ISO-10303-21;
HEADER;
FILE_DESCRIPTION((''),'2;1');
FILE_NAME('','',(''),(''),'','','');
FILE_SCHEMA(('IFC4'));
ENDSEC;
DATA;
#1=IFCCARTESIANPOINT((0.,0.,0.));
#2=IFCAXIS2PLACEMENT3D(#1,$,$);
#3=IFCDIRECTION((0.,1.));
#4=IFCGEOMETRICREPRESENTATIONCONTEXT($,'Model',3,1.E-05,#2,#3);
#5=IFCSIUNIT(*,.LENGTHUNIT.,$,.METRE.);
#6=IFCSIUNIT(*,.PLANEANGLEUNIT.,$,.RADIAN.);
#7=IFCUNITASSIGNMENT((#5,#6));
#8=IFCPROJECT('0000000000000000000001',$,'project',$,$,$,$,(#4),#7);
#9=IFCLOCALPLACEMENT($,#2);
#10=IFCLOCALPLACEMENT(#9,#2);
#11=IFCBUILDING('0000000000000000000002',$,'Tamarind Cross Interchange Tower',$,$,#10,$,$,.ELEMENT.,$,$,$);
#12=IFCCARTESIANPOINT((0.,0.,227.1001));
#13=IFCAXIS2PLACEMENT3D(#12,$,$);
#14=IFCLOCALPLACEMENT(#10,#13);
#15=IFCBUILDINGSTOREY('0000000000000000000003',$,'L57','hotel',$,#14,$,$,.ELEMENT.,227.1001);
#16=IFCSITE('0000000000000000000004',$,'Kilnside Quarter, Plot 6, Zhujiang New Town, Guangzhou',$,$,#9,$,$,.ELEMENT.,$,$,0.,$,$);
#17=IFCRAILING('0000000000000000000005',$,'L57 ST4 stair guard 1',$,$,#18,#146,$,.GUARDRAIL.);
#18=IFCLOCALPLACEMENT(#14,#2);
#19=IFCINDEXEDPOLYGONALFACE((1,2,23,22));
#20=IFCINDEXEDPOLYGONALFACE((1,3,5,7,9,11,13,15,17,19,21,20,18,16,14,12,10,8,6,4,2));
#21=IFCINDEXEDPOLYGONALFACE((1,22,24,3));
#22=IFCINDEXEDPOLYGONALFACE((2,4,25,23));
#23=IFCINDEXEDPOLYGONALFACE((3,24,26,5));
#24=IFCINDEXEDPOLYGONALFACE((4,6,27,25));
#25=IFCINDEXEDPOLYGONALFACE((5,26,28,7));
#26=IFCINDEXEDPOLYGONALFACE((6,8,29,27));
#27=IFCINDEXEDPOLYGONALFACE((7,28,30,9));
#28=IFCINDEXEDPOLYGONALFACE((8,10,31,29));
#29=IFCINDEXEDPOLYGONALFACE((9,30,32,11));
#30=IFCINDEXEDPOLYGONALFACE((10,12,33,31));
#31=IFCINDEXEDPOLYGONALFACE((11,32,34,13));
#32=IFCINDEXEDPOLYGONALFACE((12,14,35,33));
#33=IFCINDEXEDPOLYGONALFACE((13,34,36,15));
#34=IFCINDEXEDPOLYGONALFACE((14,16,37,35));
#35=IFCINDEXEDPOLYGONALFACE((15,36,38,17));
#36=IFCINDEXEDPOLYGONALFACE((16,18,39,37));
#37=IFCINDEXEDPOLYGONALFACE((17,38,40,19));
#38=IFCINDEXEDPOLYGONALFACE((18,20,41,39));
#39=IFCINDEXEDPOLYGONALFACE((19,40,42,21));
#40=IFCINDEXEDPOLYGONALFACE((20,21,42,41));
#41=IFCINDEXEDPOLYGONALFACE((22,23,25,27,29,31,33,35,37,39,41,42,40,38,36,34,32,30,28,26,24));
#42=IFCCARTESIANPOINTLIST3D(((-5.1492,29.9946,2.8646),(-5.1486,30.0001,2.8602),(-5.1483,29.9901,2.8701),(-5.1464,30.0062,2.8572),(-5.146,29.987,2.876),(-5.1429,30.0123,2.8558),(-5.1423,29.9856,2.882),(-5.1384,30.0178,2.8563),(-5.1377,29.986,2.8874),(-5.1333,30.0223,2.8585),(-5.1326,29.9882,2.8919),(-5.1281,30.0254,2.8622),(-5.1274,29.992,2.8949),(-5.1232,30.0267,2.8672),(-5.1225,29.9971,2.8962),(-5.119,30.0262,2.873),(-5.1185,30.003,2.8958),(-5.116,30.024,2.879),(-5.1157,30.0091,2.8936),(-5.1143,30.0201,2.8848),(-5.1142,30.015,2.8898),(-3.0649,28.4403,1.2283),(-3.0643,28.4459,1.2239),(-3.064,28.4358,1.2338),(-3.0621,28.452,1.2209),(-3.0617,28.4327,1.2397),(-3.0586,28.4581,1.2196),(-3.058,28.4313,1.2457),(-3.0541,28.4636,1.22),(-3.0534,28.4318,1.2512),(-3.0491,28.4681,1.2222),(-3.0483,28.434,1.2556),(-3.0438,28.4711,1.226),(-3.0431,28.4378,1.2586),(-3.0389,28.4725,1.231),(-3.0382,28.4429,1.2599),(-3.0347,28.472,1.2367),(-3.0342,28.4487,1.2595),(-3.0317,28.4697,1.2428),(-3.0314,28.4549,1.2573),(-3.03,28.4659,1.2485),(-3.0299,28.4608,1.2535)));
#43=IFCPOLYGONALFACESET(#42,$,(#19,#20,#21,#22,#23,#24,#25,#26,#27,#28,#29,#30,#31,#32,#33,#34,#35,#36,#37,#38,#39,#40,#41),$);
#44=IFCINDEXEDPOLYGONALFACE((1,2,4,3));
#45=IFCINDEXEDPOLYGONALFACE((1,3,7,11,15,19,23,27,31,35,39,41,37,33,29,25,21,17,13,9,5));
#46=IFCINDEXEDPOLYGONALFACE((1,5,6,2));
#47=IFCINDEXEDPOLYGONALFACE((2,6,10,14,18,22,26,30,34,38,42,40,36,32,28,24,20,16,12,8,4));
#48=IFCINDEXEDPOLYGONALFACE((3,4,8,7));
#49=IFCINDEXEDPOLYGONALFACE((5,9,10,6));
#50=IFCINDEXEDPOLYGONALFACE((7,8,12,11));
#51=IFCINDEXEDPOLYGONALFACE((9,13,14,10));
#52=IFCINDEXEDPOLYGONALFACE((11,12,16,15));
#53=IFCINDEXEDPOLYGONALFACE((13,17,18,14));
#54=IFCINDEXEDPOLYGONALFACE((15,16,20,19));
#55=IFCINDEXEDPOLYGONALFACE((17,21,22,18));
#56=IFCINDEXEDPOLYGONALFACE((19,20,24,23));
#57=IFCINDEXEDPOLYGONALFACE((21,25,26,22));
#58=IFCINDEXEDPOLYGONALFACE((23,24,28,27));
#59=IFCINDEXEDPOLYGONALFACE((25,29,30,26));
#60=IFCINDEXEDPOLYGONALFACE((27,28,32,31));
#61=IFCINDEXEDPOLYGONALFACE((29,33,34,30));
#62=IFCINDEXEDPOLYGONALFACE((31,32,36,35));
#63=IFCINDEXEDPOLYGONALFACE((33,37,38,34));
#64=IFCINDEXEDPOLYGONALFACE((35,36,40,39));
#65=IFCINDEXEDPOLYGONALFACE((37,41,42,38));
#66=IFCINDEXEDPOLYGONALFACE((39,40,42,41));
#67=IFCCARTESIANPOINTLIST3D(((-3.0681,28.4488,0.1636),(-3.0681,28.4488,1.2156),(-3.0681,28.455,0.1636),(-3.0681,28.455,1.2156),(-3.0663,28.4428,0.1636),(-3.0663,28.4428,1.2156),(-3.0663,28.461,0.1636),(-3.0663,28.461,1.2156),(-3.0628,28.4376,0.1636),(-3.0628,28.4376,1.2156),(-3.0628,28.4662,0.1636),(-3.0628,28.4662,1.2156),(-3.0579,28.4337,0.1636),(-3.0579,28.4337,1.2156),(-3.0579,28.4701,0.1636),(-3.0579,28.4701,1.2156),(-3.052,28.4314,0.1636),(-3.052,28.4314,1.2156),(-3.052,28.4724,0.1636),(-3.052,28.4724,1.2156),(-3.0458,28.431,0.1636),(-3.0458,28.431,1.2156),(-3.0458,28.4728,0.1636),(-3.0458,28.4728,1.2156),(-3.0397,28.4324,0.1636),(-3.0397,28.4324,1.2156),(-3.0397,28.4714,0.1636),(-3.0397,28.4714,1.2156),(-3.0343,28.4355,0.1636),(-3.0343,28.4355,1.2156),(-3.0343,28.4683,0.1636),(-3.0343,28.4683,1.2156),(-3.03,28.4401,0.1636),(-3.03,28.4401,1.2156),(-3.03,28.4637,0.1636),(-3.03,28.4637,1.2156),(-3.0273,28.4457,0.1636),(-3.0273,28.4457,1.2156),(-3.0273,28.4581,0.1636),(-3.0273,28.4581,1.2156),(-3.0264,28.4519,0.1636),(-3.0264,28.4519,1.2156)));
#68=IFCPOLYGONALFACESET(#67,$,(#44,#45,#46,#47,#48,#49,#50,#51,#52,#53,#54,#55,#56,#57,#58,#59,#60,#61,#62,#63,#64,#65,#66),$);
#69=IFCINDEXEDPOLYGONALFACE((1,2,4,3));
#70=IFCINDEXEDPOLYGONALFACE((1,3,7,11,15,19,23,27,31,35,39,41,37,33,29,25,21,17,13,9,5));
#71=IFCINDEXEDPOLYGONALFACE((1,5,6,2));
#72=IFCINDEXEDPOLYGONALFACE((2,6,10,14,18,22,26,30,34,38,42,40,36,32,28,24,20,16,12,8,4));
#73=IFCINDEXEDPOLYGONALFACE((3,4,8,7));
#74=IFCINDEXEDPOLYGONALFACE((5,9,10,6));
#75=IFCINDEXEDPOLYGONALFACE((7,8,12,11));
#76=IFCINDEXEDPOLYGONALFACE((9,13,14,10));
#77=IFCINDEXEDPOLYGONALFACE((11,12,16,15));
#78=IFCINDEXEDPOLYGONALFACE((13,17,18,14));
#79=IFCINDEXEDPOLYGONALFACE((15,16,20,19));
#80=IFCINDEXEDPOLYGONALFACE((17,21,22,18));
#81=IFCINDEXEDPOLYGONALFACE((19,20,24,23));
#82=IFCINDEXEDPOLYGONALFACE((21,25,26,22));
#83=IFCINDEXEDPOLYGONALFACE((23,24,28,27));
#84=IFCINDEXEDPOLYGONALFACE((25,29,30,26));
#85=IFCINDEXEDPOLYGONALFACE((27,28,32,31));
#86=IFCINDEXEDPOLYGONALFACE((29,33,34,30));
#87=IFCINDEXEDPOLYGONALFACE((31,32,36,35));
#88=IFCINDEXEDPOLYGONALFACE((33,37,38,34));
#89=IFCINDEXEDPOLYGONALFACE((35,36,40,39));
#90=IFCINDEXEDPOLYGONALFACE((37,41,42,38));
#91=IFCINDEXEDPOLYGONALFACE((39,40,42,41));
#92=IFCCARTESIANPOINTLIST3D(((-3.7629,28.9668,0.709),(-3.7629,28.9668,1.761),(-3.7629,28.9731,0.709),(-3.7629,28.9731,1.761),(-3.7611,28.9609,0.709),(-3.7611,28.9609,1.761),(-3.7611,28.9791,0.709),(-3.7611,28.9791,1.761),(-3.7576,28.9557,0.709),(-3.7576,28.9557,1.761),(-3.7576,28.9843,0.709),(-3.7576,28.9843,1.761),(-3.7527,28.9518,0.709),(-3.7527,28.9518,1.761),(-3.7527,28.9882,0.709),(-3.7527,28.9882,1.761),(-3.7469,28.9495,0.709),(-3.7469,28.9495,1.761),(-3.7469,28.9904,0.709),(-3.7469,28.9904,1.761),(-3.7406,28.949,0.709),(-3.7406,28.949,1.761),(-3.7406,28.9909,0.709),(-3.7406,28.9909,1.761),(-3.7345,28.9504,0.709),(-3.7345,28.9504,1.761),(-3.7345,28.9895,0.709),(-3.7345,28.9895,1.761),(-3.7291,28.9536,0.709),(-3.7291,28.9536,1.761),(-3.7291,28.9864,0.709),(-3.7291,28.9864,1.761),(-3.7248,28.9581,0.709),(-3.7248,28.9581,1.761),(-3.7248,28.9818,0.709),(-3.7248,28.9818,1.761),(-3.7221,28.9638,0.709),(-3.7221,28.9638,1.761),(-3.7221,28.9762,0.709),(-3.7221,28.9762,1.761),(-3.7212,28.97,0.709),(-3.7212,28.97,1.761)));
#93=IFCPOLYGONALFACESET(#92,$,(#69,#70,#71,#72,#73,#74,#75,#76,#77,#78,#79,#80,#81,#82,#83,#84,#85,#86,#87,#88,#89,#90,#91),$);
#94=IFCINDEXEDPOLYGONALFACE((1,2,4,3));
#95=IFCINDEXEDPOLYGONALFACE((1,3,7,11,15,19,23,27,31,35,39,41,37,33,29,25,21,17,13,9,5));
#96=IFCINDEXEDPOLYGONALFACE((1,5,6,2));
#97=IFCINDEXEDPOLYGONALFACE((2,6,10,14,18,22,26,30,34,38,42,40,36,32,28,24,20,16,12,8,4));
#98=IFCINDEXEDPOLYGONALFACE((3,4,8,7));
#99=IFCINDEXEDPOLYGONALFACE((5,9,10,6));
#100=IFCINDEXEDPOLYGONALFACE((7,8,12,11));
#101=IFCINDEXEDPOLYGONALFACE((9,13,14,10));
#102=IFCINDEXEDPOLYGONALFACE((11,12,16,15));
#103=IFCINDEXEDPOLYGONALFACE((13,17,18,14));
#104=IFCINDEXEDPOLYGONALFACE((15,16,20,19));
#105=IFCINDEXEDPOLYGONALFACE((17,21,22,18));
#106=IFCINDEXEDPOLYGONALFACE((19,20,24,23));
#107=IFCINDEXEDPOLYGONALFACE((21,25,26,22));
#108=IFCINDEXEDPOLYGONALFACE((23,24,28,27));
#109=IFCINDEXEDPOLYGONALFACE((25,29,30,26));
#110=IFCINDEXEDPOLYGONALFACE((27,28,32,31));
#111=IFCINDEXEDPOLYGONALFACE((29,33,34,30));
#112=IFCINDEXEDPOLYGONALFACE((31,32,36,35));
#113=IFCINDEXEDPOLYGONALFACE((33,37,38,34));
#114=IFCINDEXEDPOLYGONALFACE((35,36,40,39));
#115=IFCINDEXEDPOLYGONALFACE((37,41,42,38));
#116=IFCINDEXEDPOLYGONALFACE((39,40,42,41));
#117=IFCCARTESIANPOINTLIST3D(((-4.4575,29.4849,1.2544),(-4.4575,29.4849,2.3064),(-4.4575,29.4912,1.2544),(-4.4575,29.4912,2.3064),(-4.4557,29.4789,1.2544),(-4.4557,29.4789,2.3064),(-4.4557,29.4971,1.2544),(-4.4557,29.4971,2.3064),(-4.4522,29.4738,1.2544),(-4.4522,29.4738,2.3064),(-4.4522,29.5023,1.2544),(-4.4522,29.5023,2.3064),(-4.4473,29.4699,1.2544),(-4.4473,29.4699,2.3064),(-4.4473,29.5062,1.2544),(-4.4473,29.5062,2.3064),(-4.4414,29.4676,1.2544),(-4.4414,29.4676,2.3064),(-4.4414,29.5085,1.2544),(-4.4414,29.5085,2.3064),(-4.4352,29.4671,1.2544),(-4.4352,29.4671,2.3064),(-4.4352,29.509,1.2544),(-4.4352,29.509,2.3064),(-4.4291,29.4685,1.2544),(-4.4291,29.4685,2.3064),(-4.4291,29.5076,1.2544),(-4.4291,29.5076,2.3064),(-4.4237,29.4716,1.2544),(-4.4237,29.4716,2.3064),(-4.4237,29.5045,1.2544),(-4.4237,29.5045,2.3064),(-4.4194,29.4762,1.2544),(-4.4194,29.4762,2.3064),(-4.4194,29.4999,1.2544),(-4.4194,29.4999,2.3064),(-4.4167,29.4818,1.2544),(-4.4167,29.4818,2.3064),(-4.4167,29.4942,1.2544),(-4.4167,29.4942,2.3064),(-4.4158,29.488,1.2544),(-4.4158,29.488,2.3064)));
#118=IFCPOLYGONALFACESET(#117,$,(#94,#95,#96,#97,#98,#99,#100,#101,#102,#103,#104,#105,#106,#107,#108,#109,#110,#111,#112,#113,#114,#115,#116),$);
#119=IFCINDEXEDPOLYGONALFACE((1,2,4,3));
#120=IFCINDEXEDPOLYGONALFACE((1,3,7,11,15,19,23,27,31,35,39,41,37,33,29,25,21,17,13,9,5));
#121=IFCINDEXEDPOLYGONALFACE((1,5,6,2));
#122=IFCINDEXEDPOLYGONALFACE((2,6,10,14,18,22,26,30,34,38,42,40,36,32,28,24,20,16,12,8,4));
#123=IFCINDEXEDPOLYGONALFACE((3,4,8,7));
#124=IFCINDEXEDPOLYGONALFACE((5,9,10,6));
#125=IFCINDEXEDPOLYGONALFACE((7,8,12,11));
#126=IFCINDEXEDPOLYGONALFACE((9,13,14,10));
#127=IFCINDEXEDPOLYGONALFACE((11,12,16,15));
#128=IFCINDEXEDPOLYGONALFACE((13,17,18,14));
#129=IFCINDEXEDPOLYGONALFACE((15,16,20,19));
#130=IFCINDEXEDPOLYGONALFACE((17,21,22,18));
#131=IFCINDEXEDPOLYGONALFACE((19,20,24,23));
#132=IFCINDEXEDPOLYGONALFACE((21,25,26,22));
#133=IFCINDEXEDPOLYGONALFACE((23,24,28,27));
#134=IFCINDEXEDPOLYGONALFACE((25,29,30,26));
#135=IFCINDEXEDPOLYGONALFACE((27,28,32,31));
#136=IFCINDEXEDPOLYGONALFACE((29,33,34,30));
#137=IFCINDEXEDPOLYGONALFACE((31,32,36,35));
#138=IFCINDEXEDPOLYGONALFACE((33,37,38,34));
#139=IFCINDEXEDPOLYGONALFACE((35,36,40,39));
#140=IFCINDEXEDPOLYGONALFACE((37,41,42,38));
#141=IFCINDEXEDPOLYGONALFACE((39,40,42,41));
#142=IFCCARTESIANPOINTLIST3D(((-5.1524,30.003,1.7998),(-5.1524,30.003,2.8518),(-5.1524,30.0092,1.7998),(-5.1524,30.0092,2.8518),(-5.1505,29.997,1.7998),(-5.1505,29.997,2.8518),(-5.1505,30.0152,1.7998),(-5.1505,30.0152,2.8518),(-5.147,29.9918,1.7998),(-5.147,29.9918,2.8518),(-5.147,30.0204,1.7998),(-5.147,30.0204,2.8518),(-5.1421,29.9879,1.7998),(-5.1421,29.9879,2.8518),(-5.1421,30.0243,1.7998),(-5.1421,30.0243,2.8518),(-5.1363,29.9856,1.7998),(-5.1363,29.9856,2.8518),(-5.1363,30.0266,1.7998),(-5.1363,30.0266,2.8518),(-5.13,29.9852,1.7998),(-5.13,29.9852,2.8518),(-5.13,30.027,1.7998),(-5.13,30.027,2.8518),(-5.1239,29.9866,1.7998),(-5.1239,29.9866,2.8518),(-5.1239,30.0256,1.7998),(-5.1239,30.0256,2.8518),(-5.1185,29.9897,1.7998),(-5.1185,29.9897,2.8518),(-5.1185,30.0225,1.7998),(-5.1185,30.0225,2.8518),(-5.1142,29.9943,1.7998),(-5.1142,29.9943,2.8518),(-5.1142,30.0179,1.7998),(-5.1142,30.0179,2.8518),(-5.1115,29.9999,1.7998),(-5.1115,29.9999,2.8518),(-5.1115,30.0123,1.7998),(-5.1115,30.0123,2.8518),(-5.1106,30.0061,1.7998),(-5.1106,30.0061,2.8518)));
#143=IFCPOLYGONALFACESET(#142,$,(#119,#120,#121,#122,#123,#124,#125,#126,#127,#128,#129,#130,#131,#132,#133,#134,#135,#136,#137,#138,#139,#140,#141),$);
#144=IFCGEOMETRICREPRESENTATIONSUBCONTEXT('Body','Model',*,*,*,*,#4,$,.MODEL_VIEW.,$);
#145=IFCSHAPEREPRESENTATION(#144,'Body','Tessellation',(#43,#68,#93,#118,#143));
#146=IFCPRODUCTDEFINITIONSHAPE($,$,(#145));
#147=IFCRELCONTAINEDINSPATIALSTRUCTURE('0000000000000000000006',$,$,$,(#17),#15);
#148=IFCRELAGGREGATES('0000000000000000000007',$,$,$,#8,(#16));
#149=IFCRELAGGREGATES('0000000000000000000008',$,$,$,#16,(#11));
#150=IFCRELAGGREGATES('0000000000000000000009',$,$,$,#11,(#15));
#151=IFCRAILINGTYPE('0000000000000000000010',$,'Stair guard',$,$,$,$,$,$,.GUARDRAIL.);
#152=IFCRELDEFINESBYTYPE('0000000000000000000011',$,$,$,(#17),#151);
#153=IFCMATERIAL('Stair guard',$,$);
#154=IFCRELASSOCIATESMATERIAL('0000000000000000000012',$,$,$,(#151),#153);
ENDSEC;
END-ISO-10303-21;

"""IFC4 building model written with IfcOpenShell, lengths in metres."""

from ifc_helpers import new_model, si_unit, direction, frame, origin, origin_2d, place, context, subcontext, project, spatial, circle, extrude, material, type_object, element, save


model = new_model("IFC4")

# Units and contexts
model_context = context("Model", 3, precision=1e-05, world=origin(), true_north=direction((0.0, 1.0)))
body_context = subcontext(model_context, "Body", "Model", "MODEL_VIEW")
ifc_project = project(units=[si_unit("LENGTHUNIT", "METRE"), si_unit("PLANEANGLEUNIT", "RADIAN")], contexts=[model_context])

# Site, building, storey
site_placement = place(None, origin())
site = spatial("IfcSite", under=ifc_project, at=site_placement, Name="Kilnside Quarter, Plot 6, Zhujiang New Town, Guangzhou", CompositionType="ELEMENT", RefElevation=0.0)
building_placement = place(site_placement, origin())
building = spatial("IfcBuilding", under=site, at=building_placement, Name="Tamarind Cross Interchange Tower", CompositionType="ELEMENT")
storey_placement = place(building_placement, frame((0.0, 0.0, 227.1001)))
storey = spatial("IfcBuildingStorey", under=building, at=storey_placement, Name="L57", Description="hotel", CompositionType="ELEMENT", Elevation=227.1001)

# Railing
ifc_material_1 = material(Name="Stair guard")
railing_type_1 = type_object("IfcRailingType", Name="Stair guard", PredefinedType="GUARDRAIL", material=ifc_material_1)
railing_1_placement = place(storey_placement, frame((-3.0474, 28.4519, 0.1636)))
element("IfcRailing", 1, at=railing_1_placement, inside=storey, type_object=railing_type_1, Name="L57 ST4 stair guard 1", PredefinedType="GUARDRAIL", context=body_context, shape_type="SweptSolid", body=[
    extrude(circle(Radius=0.0239, at=origin_2d()), frame((0.0, 0.0, 1.0762), z_axis=(-0.678474, 0.505935, 0.532638), x_axis=(-0.597789, -0.801653, 0.0)), (0.0, 0.0, 1.0), 3.072),
    extrude(circle(Radius=0.021, at=origin_2d()), origin(), (0.0, 0.0, 1.0), 1.052),
    extrude(circle(Radius=0.021, at=origin_2d()), frame((-0.6948, 0.5181, 0.5454)), (0.0, 0.0, 1.0), 1.052),
    extrude(circle(Radius=0.021, at=origin_2d()), frame((-1.3894, 1.0361, 1.0908)), (0.0, 0.0, 1.0), 1.052),
    extrude(circle(Radius=0.021, at=origin_2d()), frame((-2.0842, 1.5542, 1.6362)), (0.0, 0.0, 1.0), 1.052),
])

save(model, "model.ifc")
